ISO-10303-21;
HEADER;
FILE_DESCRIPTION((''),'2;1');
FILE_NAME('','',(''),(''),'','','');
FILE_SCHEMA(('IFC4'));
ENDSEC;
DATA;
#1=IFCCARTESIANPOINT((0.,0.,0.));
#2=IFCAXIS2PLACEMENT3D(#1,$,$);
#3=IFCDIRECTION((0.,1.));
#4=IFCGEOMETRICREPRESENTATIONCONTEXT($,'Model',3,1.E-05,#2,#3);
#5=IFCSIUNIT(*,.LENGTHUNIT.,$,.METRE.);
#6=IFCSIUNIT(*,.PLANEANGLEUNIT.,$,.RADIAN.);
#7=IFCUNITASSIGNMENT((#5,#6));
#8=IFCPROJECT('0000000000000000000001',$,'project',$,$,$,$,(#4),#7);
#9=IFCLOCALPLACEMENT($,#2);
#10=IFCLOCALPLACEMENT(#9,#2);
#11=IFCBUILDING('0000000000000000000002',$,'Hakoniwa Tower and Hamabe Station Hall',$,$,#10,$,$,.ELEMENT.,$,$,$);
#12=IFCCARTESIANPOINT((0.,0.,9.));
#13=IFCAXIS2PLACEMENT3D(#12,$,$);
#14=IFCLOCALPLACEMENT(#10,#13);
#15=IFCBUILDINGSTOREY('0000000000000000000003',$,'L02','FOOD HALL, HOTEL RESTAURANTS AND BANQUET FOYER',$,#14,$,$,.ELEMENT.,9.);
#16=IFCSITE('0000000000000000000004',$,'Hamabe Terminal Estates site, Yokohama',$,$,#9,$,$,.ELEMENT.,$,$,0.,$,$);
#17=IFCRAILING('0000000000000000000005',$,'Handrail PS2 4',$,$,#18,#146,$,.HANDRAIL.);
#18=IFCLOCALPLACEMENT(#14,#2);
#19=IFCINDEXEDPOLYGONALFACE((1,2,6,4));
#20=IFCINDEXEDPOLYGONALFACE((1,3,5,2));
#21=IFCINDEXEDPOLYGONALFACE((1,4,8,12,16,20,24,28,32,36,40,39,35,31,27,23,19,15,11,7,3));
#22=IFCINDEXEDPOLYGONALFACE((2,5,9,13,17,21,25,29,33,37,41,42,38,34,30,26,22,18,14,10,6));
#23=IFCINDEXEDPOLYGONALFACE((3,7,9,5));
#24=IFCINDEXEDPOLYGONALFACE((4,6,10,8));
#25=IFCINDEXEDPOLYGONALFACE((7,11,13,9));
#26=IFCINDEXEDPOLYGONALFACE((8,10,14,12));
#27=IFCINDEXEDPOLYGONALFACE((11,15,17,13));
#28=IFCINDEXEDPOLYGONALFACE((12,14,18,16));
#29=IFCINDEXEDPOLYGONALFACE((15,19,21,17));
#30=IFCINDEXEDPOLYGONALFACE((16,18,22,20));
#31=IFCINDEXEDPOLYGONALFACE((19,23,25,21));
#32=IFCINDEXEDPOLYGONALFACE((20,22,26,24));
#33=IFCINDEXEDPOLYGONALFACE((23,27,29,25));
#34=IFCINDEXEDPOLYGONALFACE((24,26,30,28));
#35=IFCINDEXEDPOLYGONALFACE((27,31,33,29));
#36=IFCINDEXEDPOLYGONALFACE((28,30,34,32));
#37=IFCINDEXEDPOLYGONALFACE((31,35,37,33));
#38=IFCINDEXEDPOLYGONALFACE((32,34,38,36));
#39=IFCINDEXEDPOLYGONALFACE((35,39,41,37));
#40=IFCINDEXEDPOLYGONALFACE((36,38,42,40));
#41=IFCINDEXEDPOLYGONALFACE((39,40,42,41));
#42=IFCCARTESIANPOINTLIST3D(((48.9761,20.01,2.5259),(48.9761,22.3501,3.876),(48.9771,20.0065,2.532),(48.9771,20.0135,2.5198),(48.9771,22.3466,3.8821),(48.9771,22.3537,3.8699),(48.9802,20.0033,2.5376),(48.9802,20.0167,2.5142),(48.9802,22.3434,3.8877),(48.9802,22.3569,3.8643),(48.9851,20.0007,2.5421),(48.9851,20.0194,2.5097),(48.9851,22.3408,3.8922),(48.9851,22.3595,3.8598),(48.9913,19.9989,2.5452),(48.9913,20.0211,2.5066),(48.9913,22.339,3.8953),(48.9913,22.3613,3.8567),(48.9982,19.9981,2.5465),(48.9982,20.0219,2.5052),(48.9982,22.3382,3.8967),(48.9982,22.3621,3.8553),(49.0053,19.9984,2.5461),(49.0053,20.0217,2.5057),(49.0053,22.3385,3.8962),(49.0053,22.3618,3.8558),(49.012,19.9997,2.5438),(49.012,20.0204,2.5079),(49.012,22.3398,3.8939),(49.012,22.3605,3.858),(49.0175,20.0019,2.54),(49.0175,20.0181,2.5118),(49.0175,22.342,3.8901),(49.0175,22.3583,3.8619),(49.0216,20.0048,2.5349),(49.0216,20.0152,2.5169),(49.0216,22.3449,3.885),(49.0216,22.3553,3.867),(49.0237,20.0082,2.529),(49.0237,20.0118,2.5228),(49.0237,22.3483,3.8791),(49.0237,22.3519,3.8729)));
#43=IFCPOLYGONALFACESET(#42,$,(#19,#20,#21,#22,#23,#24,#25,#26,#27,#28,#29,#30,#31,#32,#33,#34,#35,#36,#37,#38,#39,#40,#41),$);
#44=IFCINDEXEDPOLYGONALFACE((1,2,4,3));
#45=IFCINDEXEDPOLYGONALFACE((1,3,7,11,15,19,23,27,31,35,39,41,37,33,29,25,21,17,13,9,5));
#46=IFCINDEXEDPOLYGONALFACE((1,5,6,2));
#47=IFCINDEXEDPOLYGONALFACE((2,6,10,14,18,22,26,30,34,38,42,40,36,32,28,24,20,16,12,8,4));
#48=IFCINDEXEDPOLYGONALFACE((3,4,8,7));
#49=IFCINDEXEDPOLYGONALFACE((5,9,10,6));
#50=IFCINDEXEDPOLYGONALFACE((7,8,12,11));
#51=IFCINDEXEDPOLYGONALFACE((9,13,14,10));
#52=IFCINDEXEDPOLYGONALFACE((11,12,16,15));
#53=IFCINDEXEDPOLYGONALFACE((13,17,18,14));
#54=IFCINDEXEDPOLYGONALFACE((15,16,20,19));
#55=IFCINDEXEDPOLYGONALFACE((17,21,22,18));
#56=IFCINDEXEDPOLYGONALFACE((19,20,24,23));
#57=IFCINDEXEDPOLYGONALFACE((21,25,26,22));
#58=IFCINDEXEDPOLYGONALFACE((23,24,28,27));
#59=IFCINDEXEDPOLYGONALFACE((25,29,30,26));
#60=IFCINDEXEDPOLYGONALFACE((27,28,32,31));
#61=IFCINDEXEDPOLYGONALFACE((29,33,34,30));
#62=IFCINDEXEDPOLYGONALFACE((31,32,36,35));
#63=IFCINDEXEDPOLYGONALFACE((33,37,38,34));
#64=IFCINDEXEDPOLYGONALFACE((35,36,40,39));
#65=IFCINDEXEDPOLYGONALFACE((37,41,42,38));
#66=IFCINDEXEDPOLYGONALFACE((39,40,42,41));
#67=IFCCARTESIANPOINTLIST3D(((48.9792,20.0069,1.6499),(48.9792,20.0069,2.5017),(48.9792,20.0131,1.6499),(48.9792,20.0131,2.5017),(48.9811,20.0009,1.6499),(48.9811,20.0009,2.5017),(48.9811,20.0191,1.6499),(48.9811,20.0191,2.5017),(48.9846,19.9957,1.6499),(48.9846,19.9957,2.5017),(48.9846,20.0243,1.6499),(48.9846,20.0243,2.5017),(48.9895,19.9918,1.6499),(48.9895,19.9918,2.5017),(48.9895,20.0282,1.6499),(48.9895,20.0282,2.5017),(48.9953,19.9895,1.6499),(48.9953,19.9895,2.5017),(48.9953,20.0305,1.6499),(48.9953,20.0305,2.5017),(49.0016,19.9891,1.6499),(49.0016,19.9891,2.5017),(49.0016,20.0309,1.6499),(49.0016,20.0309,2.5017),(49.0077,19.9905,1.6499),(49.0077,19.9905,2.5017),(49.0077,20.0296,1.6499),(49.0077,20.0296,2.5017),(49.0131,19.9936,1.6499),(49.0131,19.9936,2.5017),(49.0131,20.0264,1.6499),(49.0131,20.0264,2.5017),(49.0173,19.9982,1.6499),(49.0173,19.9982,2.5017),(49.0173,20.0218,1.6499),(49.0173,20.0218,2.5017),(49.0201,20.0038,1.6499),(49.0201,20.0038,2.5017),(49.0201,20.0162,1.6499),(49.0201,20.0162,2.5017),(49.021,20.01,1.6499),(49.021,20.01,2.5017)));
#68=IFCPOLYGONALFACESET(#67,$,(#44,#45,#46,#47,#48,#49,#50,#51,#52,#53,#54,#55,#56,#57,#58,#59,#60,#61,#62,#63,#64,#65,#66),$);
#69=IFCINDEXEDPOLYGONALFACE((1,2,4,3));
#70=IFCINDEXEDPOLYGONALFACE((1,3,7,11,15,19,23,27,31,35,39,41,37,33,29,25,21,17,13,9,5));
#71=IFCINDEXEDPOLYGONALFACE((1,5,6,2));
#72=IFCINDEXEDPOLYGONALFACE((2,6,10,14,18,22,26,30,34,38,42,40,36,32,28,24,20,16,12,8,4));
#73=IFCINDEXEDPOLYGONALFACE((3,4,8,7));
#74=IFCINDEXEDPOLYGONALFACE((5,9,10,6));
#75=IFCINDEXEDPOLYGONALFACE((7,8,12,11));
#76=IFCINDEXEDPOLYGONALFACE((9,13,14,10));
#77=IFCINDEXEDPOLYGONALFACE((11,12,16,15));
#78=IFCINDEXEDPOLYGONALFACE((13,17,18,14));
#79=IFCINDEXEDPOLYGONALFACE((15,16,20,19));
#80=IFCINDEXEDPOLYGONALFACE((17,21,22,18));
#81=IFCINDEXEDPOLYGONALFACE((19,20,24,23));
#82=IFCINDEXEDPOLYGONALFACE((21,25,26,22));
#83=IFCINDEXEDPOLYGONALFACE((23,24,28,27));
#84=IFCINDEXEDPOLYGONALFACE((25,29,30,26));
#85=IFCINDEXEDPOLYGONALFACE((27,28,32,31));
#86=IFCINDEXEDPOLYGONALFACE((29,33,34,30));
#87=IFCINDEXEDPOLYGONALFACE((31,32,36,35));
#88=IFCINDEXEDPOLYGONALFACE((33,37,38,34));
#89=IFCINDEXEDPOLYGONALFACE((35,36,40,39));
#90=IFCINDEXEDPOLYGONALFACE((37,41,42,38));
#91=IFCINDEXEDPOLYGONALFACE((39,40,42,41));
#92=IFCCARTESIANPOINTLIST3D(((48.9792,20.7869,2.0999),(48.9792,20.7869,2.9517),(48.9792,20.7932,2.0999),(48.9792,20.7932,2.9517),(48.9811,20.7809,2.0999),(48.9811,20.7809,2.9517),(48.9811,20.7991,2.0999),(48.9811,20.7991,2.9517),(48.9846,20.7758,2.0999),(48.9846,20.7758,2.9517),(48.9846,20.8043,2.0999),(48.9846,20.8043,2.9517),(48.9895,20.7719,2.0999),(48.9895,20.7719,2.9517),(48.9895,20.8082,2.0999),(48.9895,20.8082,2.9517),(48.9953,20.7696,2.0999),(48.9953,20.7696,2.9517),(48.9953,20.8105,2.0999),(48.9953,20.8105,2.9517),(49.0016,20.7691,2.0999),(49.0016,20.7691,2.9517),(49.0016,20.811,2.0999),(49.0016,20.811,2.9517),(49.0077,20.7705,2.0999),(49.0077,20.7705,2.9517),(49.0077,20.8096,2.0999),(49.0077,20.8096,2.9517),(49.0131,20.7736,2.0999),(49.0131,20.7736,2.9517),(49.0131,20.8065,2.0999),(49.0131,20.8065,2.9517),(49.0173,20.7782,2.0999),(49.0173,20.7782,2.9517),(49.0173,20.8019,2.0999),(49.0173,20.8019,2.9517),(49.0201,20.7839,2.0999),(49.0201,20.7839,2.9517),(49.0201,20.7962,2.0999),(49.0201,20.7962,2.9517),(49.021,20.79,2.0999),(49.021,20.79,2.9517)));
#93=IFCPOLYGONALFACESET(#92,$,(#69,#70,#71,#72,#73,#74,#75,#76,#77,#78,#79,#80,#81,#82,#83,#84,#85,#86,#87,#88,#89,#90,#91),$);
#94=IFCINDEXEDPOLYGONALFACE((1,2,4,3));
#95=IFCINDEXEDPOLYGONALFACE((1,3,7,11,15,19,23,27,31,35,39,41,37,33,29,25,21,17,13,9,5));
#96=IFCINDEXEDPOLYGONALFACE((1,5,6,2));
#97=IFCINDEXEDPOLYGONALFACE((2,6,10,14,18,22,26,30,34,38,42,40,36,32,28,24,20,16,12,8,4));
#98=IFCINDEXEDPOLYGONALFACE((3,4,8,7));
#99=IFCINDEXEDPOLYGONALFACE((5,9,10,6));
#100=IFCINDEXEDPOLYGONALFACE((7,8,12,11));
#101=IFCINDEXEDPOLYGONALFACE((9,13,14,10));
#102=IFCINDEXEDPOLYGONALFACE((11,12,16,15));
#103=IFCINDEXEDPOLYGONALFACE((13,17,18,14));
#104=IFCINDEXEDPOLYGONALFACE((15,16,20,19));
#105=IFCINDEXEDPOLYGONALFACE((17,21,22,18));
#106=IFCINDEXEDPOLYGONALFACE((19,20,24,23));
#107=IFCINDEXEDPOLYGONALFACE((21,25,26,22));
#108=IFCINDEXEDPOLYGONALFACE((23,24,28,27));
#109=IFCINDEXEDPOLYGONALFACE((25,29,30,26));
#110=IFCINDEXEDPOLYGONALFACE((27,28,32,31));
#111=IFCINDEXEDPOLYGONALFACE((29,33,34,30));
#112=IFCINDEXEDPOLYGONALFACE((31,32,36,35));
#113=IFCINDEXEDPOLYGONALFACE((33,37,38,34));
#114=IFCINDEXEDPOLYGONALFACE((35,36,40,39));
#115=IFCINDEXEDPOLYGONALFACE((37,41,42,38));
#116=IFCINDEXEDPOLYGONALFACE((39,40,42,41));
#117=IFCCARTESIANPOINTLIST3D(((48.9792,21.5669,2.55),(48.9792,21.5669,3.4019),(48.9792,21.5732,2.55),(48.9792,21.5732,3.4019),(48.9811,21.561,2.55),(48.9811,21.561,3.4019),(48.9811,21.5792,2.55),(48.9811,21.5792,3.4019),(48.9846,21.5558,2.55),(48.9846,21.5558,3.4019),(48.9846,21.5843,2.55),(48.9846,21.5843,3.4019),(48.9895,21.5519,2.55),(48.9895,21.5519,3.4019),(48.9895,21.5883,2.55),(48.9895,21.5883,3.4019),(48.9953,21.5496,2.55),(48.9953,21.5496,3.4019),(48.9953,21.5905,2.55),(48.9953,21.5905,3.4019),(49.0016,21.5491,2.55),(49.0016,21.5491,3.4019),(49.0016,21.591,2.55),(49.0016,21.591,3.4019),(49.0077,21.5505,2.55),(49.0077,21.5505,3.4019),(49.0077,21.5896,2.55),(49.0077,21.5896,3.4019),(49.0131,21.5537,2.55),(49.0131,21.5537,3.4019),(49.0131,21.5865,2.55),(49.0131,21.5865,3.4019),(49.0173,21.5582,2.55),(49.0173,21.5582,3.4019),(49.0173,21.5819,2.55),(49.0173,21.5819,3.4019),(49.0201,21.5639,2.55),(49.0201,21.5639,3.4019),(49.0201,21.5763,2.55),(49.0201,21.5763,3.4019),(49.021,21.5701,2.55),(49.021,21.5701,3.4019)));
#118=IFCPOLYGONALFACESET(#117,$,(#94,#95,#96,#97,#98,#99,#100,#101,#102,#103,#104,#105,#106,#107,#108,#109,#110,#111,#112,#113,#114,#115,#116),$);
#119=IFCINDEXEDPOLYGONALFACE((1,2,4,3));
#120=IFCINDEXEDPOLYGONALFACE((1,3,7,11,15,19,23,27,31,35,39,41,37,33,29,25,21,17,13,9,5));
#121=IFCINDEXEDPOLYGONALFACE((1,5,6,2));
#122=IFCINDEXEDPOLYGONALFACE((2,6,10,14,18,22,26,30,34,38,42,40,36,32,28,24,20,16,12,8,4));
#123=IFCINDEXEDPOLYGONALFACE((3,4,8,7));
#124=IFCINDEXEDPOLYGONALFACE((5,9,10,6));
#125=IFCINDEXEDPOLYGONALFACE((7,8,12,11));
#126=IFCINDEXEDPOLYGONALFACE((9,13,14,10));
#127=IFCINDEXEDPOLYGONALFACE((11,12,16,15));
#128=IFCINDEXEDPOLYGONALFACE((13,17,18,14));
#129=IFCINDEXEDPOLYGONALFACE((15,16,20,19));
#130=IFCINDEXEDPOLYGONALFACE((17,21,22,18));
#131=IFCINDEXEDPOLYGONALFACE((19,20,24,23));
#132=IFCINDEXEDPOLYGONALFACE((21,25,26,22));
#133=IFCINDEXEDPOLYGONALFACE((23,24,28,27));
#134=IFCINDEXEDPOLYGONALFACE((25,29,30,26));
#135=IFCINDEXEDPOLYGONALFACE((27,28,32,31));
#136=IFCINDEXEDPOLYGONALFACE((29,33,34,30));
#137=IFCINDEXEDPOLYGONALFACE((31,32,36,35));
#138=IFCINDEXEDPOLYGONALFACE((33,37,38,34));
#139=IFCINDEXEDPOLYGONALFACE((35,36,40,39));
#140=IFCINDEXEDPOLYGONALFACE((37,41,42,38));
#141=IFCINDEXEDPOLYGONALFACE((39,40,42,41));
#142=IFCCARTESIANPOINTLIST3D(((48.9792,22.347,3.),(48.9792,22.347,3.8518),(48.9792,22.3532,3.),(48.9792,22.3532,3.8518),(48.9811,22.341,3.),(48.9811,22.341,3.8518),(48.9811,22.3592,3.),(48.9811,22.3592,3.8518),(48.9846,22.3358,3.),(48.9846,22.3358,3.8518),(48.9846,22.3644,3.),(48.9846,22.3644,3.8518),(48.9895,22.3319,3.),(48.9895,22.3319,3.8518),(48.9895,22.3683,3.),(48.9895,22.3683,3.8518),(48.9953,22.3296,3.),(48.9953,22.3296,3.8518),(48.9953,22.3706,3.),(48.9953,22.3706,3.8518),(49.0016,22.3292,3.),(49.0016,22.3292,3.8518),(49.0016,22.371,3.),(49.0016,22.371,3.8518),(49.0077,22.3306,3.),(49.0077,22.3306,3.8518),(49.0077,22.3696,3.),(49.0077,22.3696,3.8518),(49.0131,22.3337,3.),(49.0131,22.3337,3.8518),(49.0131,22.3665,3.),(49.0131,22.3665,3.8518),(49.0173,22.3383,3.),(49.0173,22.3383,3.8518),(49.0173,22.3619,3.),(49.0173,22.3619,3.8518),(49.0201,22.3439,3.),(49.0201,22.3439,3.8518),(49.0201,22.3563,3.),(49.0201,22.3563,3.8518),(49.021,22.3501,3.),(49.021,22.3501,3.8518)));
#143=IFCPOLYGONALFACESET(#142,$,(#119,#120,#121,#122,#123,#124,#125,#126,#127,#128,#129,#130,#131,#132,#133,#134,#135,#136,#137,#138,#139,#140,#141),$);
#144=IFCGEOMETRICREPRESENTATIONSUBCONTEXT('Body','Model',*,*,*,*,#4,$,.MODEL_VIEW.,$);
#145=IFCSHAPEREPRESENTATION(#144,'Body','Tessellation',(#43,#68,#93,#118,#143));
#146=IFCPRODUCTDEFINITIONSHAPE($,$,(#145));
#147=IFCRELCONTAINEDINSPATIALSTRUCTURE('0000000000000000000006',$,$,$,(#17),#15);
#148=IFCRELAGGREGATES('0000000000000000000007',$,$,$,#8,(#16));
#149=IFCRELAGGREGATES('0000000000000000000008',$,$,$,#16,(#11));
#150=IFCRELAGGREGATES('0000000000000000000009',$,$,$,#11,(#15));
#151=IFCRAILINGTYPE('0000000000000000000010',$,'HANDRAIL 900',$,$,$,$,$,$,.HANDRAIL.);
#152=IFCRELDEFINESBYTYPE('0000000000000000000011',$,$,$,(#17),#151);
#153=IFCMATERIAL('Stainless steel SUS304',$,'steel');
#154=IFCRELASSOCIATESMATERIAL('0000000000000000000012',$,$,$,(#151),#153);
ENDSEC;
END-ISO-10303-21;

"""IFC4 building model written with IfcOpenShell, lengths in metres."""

from ifc_helpers import new_model, si_unit, direction, frame, origin, origin_2d, place, context, subcontext, project, spatial, circle, extrude, material, type_object, element, save


model = new_model("IFC4")

# Units and contexts
model_context = context("Model", 3, precision=1e-05, world=origin(), true_north=direction((0.0, 1.0)))
body_context = subcontext(model_context, "Body", "Model", "MODEL_VIEW")
ifc_project = project(units=[si_unit("LENGTHUNIT", "METRE"), si_unit("PLANEANGLEUNIT", "RADIAN")], contexts=[model_context])

# Site, building, storey
site_placement = place(None, origin())
site = spatial("IfcSite", under=ifc_project, at=site_placement, Name="Hamabe Terminal Estates site, Yokohama", CompositionType="ELEMENT", RefElevation=0.0)
building_placement = place(site_placement, origin())
building = spatial("IfcBuilding", under=site, at=building_placement, Name="Hakoniwa Tower and Hamabe Station Hall", CompositionType="ELEMENT")
storey_placement = place(building_placement, frame((0.0, 0.0, 9.0)))
storey = spatial("IfcBuildingStorey", under=building, at=storey_placement, Name="L02", Description="FOOD HALL, HOTEL RESTAURANTS AND BANQUET FOYER", CompositionType="ELEMENT", Elevation=9.0)

# Railing
ifc_material_1 = material(Name="Stainless steel SUS304", Category="steel")
railing_type_1 = type_object("IfcRailingType", Name="HANDRAIL 900", PredefinedType="HANDRAIL", material=ifc_material_1)
for number, where, name in (
    (1, (49.0, 20.01, 1.6499), "Handrail PS2 4"),
):
    element("IfcRailing", number, at=place(storey_placement, frame(where)), inside=storey, type_object=railing_type_1, Name=name, PredefinedType="HANDRAIL", context=body_context, shape_type="SweptSolid", body=[
        extrude(circle(Radius=0.0239, at=origin_2d()), frame((0.0, 0.0, 0.876), z_axis=(0.0, 0.866178, 0.499735), x_axis=(-1.0, 0.0, 0.0)), (0.0, 0.0, 1.0), 2.7017),
        extrude(circle(Radius=0.021, at=origin_2d()), origin(), (0.0, 0.0, 1.0), 0.8518),
        extrude(circle(Radius=0.021, at=origin_2d()), frame((0.0, 0.78, 0.45)), (0.0, 0.0, 1.0), 0.8518),
        extrude(circle(Radius=0.021, at=origin_2d()), frame((0.0, 1.5601, 0.9001)), (0.0, 0.0, 1.0), 0.8518),
        extrude(circle(Radius=0.021, at=origin_2d()), frame((0.0, 2.3401, 1.3501)), (0.0, 0.0, 1.0), 0.8518),
    ])

save(model, "model.ifc")
